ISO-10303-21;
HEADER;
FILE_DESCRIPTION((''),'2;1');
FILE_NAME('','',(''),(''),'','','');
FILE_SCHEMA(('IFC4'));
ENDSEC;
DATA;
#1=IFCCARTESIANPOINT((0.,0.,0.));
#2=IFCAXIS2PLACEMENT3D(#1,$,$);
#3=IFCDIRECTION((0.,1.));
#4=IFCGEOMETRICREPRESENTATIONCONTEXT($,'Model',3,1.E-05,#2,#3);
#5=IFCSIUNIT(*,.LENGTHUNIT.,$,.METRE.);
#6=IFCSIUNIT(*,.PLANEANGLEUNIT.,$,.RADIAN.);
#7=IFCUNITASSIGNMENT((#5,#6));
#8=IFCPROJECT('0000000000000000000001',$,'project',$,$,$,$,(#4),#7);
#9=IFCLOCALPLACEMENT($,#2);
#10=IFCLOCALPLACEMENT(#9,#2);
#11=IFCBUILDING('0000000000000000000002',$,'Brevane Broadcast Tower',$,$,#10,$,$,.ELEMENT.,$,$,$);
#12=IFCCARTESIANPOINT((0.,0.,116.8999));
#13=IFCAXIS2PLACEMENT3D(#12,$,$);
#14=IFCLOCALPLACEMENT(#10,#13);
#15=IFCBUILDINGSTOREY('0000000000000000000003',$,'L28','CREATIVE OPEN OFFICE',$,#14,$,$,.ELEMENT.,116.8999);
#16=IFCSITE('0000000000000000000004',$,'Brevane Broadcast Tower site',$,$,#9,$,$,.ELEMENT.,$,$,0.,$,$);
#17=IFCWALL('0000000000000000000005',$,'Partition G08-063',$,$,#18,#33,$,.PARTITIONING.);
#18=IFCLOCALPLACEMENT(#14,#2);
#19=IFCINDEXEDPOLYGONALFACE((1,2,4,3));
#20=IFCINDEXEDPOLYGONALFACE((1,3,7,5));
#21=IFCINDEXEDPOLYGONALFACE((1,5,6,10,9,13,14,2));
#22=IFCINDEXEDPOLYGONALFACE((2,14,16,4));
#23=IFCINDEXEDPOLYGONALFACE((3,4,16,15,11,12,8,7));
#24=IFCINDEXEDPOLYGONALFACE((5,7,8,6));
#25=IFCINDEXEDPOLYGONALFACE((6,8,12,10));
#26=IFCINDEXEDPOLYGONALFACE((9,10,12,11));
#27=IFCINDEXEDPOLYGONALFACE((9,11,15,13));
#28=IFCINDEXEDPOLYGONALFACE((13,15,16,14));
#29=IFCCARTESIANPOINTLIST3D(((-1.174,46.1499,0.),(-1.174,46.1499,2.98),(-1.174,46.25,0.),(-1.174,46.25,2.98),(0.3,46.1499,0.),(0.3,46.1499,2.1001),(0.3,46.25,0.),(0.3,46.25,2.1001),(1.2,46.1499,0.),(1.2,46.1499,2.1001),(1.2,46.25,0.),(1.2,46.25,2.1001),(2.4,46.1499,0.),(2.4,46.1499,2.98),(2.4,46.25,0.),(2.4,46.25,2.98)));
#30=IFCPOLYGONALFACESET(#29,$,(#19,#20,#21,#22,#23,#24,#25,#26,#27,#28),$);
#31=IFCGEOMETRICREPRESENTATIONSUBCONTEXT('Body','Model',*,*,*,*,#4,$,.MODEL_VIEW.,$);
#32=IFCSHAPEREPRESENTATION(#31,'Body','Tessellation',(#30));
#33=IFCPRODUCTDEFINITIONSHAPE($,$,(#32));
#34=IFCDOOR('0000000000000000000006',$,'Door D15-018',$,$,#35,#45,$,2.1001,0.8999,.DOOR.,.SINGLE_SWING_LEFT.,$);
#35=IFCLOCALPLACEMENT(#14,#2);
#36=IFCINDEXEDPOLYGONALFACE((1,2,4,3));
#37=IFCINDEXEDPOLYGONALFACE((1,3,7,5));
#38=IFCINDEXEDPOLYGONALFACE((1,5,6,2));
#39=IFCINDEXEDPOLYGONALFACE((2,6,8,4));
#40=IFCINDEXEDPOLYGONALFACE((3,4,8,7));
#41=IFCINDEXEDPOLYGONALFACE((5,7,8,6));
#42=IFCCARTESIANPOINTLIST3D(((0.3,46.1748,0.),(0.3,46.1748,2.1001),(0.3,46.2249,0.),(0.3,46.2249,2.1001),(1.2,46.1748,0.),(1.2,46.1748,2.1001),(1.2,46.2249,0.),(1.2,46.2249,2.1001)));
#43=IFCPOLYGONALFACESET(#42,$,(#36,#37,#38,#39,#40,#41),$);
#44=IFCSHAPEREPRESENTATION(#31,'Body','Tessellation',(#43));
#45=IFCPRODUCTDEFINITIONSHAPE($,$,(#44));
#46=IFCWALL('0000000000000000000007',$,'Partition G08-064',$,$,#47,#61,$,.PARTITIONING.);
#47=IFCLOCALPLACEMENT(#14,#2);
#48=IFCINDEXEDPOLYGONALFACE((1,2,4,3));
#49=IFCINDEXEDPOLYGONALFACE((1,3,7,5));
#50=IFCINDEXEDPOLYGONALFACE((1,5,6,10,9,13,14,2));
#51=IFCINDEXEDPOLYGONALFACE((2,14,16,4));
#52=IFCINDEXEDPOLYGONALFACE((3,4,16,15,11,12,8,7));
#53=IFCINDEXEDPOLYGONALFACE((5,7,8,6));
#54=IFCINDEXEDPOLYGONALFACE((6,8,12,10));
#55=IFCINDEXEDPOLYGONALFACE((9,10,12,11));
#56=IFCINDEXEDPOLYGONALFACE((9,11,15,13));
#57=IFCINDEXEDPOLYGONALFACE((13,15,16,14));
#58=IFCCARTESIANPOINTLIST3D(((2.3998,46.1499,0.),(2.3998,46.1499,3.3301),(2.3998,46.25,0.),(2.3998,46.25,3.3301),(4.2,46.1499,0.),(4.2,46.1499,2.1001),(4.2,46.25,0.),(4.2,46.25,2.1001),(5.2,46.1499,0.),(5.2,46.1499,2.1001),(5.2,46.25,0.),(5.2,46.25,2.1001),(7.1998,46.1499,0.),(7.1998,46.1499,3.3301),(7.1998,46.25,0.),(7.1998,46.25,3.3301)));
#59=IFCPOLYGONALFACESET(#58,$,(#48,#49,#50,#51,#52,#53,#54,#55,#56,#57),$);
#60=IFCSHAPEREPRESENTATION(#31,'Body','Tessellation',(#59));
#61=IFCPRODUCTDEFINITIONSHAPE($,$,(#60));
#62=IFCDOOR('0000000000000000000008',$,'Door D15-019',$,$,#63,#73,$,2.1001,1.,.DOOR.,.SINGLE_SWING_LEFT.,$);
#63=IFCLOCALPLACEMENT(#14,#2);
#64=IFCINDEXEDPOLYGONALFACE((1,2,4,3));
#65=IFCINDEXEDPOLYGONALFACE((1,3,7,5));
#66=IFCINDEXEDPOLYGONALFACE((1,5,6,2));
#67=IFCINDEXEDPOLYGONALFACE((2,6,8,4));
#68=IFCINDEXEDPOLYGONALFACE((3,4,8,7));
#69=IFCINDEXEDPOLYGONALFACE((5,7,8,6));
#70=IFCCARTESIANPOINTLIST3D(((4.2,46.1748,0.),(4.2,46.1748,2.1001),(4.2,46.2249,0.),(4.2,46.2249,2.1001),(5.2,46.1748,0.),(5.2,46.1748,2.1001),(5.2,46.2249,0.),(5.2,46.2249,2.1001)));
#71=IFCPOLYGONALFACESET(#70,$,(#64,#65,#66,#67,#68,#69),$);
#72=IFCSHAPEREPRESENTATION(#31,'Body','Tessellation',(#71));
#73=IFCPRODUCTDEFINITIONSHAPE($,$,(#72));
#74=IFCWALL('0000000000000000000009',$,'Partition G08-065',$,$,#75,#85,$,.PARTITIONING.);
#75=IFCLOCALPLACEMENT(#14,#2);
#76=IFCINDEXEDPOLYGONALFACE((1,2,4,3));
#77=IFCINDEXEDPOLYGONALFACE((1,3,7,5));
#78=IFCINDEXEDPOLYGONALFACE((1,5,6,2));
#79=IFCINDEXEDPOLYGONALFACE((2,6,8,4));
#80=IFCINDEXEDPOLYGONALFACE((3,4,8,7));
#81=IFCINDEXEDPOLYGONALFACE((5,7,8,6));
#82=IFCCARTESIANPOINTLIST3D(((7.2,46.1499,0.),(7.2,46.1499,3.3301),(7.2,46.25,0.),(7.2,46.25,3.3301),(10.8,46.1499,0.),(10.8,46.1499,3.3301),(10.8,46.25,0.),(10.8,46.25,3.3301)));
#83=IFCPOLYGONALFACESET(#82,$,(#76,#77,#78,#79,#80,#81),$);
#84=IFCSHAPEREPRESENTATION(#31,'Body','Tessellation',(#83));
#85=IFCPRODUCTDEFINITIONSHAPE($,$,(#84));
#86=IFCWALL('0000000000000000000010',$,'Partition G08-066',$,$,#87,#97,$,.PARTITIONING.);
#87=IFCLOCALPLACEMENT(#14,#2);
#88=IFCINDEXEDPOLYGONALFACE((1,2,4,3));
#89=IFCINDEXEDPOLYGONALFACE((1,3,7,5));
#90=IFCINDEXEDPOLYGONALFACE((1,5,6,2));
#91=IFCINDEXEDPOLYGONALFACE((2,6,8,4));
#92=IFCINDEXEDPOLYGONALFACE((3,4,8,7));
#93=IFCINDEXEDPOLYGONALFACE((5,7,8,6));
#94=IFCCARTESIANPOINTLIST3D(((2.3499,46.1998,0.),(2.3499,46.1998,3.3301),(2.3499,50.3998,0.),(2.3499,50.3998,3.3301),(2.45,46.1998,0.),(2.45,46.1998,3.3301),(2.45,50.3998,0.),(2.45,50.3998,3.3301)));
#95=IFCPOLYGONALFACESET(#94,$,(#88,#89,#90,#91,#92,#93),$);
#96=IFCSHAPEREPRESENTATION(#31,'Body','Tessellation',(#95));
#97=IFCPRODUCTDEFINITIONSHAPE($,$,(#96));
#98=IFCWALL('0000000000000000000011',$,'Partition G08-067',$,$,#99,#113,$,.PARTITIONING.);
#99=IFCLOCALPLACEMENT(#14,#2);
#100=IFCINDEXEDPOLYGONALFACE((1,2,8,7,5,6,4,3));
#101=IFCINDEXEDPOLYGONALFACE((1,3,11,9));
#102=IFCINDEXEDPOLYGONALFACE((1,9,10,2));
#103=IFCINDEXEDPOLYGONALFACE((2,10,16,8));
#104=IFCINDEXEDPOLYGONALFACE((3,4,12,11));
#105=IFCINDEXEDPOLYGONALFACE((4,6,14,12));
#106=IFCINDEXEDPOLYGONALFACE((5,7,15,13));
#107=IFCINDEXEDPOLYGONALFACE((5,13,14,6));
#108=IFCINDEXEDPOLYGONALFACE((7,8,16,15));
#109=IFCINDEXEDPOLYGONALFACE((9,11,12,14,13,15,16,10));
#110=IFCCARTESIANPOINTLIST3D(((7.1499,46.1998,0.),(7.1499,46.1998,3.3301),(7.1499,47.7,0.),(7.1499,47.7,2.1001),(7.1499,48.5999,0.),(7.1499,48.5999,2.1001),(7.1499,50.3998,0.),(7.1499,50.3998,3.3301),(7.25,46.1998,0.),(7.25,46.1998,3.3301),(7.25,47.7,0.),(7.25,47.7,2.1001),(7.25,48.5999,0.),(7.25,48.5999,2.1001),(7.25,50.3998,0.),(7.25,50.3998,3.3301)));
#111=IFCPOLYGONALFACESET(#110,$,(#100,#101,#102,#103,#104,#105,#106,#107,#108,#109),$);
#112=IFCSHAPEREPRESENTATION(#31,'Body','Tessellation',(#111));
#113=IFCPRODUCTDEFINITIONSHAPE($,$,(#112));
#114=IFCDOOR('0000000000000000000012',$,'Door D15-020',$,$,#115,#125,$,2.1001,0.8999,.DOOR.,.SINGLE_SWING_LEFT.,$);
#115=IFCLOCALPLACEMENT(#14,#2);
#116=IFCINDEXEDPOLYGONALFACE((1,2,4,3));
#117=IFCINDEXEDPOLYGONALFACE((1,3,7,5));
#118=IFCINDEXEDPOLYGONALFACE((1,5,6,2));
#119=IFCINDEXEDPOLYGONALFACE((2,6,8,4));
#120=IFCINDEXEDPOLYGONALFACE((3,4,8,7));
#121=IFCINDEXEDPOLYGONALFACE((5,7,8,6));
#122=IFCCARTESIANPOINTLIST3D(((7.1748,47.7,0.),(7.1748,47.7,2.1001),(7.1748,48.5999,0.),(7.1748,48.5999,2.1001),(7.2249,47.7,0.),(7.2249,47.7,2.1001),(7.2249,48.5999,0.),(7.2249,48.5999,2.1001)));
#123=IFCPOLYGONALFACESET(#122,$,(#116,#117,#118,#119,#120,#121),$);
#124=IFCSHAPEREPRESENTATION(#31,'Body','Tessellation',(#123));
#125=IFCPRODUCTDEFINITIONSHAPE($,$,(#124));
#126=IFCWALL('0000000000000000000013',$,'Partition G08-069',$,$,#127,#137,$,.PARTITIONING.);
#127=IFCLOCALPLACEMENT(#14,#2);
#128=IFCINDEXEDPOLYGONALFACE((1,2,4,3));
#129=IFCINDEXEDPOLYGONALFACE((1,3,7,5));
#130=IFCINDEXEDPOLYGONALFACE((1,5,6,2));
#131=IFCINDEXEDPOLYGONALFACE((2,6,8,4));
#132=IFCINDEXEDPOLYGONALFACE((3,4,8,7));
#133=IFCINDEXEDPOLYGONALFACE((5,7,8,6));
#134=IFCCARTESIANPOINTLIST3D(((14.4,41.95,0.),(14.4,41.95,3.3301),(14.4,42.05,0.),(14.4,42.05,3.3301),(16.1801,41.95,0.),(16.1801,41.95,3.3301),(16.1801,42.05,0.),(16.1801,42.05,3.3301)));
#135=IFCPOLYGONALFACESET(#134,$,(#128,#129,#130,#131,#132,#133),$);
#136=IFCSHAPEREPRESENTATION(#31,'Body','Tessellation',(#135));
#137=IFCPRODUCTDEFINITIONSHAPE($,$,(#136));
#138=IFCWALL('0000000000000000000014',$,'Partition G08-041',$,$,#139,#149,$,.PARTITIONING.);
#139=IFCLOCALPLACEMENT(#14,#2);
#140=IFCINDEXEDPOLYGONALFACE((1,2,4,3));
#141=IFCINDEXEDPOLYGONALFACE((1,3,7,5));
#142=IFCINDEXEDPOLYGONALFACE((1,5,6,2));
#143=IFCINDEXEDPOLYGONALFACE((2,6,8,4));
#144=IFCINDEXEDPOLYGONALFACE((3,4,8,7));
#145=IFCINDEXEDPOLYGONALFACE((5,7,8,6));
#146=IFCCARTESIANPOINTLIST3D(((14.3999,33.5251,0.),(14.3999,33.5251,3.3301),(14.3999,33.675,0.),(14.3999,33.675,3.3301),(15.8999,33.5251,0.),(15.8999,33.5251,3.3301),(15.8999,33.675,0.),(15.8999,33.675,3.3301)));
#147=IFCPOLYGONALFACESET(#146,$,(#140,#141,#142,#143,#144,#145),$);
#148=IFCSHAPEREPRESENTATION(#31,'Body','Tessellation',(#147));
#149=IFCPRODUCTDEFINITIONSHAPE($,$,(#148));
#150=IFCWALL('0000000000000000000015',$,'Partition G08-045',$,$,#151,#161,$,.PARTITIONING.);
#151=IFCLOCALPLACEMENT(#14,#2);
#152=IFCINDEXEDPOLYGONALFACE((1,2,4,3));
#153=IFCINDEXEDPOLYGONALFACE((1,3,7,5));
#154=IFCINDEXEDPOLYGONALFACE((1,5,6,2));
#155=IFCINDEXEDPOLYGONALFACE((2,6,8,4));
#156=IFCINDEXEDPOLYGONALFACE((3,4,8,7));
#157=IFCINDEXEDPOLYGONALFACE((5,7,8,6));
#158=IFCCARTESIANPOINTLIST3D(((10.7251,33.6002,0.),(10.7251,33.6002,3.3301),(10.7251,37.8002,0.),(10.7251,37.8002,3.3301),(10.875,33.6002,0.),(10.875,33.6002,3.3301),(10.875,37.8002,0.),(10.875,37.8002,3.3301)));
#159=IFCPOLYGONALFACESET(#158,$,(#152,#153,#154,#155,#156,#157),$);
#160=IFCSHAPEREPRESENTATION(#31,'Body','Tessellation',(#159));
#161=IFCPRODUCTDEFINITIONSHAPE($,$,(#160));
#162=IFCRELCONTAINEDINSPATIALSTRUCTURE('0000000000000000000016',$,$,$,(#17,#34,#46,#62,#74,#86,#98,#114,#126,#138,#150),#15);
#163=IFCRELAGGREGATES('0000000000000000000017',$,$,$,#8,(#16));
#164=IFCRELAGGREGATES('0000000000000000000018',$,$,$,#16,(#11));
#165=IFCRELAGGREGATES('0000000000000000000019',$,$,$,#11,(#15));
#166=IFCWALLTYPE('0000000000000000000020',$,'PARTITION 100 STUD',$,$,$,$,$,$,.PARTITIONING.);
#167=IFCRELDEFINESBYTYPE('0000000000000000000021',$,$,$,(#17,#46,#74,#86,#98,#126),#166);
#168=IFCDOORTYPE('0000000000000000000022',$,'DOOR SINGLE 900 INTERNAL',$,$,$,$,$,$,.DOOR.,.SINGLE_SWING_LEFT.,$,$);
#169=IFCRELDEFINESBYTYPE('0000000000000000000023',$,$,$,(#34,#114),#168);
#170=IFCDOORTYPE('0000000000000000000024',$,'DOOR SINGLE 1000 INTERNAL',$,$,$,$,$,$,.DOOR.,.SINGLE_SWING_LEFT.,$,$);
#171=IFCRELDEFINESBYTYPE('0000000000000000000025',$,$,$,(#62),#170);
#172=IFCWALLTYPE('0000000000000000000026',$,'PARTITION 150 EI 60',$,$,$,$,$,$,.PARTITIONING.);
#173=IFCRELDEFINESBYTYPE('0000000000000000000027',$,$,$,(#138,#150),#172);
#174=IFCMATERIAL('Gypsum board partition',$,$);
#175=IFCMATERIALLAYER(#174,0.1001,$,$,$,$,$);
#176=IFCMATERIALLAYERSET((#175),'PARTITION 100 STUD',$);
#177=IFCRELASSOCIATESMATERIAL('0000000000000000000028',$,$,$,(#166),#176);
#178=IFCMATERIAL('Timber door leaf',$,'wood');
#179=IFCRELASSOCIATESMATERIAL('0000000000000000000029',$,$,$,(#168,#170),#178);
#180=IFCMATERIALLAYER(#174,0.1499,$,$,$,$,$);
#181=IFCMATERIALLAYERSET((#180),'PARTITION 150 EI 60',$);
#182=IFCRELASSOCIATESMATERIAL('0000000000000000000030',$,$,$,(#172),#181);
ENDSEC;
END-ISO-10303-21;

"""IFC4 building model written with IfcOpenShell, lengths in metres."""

from ifc_helpers import new_model, si_unit, direction, frame, frame_2d, origin, place, context, subcontext, project, spatial, rectangle, extrude, material, layer, layer_set, type_object, element, fill, save


model = new_model("IFC4")

# Units and contexts
model_context = context("Model", 3, precision=1e-05, world=origin(), true_north=direction((0.0, 1.0)))
body_context = subcontext(model_context, "Body", "Model", "MODEL_VIEW")
ifc_project = project(units=[si_unit("LENGTHUNIT", "METRE"), si_unit("PLANEANGLEUNIT", "RADIAN")], contexts=[model_context])

# Site, building, storey
site_placement = place(None, origin())
site = spatial("IfcSite", under=ifc_project, at=site_placement, Name="Brevane Broadcast Tower site", CompositionType="ELEMENT", RefElevation=0.0)
building_placement = place(site_placement, origin())
building = spatial("IfcBuilding", under=site, at=building_placement, Name="Brevane Broadcast Tower", CompositionType="ELEMENT")
storey_placement = place(building_placement, frame((0.0, 0.0, 116.8999)))
storey = spatial("IfcBuildingStorey", under=building, at=storey_placement, Name="L28", Description="CREATIVE OPEN OFFICE", CompositionType="ELEMENT", Elevation=116.8999)

# Walls, openings, doors
ifc_material_1 = material(Name="Gypsum board partition")
ifc_layer_1 = layer(ifc_material_1, 0.1001)
ifc_layer_set_1 = layer_set([ifc_layer_1], Name="PARTITION 100 STUD")
wall_type_1 = type_object("IfcWallType", Name="PARTITION 100 STUD", PredefinedType="PARTITIONING", material=ifc_layer_set_1)
wall_1_placement = place(storey_placement, frame((-1.1741, 46.2, 0.0), z_axis=(0.0, 0.0, 1.0), x_axis=(1.0, 0.0, 0.0)))
wall_1 = element("IfcWall", 1, at=wall_1_placement, inside=storey, type_object=wall_type_1, Name="Partition G08-063", PredefinedType="PARTITIONING", context=body_context, shape_type="SweptSolid", body=[
    extrude(rectangle(XDim=3.574, YDim=0.1001, at=frame_2d((1.7871, 0.0))), origin(), (0.0, 0.0, 1.0), 2.98),
])
opening_1_placement = place(wall_1_placement, frame((1.4741, 0.0, 0.0)))
opening_1 = element("IfcOpeningElement", 2, at=opening_1_placement, cuts=wall_1, PredefinedType="OPENING", context=body_context, shape_type="SweptSolid", body=[
    extrude(rectangle(XDim=0.8999, YDim=2.1001, at=frame_2d((0.45, 1.05))), frame((0.0, 0.0601, 0.0), z_axis=(0.0, -1.0, 0.0), x_axis=(1.0, 0.0, 0.0)), (0.0, 0.0, 1.0), 0.1201),
])
ifc_material_2 = material(Name="Timber door leaf", Category="wood")
door_type_1 = type_object("IfcDoorType", Name="DOOR SINGLE 900 INTERNAL", OperationType="SINGLE_SWING_LEFT", PredefinedType="DOOR", material=ifc_material_2)
door_1_placement = place(opening_1_placement, origin())
door_1 = element("IfcDoor", 3, at=door_1_placement, inside=storey, type_object=door_type_1, Name="Door D15-018", OperationType="SINGLE_SWING_LEFT", OverallHeight=2.1001, OverallWidth=0.8999, PredefinedType="DOOR", context=body_context, shape_type="SweptSolid", body=[
    extrude(rectangle(XDim=0.8999, YDim=2.1001, at=frame_2d((0.45, 1.05))), frame((0.0, 0.0249, 0.0), z_axis=(0.0, -1.0, 0.0), x_axis=(1.0, 0.0, 0.0)), (0.0, 0.0, 1.0), 0.05),
])
fill(opening_1, door_1)
wall_2_placement = place(storey_placement, frame((2.3999, 46.2, 0.0), z_axis=(0.0, 0.0, 1.0), x_axis=(1.0, 0.0, 0.0)))
wall_2 = element("IfcWall", 4, at=wall_2_placement, inside=storey, type_object=wall_type_1, Name="Partition G08-064", PredefinedType="PARTITIONING", context=body_context, shape_type="SweptSolid", body=[
    extrude(rectangle(XDim=4.8, YDim=0.1001, at=frame_2d((2.3999, 0.0))), origin(), (0.0, 0.0, 1.0), 3.3301),
])
opening_2_placement = place(wall_2_placement, frame((1.8, 0.0, 0.0)))
opening_2 = element("IfcOpeningElement", 5, at=opening_2_placement, cuts=wall_2, PredefinedType="OPENING", context=body_context, shape_type="SweptSolid", body=[
    extrude(rectangle(XDim=1.0, YDim=2.1001, at=frame_2d((0.5, 1.05))), frame((0.0, 0.0601, 0.0), z_axis=(0.0, -1.0, 0.0), x_axis=(1.0, 0.0, 0.0)), (0.0, 0.0, 1.0), 0.1201),
])
door_type_2 = type_object("IfcDoorType", Name="DOOR SINGLE 1000 INTERNAL", OperationType="SINGLE_SWING_LEFT", PredefinedType="DOOR", material=ifc_material_2)
door_2_placement = place(opening_2_placement, origin())
door_2 = element("IfcDoor", 6, at=door_2_placement, inside=storey, type_object=door_type_2, Name="Door D15-019", OperationType="SINGLE_SWING_LEFT", OverallHeight=2.1001, OverallWidth=1.0, PredefinedType="DOOR", context=body_context, shape_type="SweptSolid", body=[
    extrude(rectangle(XDim=1.0, YDim=2.1001, at=frame_2d((0.5, 1.05))), frame((0.0, 0.0249, 0.0), z_axis=(0.0, -1.0, 0.0), x_axis=(1.0, 0.0, 0.0)), (0.0, 0.0, 1.0), 0.05),
])
fill(opening_2, door_2)

# Walls
wall_3_placement = place(storey_placement, frame((7.2, 46.2, 0.0), z_axis=(0.0, 0.0, 1.0), x_axis=(1.0, 0.0, 0.0)))
element("IfcWall", 7, at=wall_3_placement, inside=storey, type_object=wall_type_1, Name="Partition G08-065", PredefinedType="PARTITIONING", context=body_context, shape_type="SweptSolid", body=[
    extrude(rectangle(XDim=3.6001, YDim=0.1001, at=frame_2d((1.8, 0.0))), origin(), (0.0, 0.0, 1.0), 3.3301),
])
wall_4_placement = place(storey_placement, frame((2.3999, 50.3999, 0.0), z_axis=(0.0, 0.0, 1.0), x_axis=(0.0, -1.0, 0.0)))
element("IfcWall", 8, at=wall_4_placement, inside=storey, type_object=wall_type_1, Name="Partition G08-066", PredefinedType="PARTITIONING", context=body_context, shape_type="SweptSolid", body=[
    extrude(rectangle(XDim=4.2, YDim=0.1001, at=frame_2d((2.1001, 0.0))), origin(), (0.0, 0.0, 1.0), 3.3301),
])

# Wall, opening, door
wall_5_placement = place(storey_placement, frame((7.2, 50.3999, 0.0), z_axis=(0.0, 0.0, 1.0), x_axis=(0.0, -1.0, 0.0)))
wall_5 = element("IfcWall", 9, at=wall_5_placement, inside=storey, type_object=wall_type_1, Name="Partition G08-067", PredefinedType="PARTITIONING", context=body_context, shape_type="SweptSolid", body=[
    extrude(rectangle(XDim=4.2, YDim=0.1001, at=frame_2d((2.1001, 0.0))), origin(), (0.0, 0.0, 1.0), 3.3301),
])
opening_3_placement = place(wall_5_placement, frame((1.8, 0.0, 0.0)))
opening_3 = element("IfcOpeningElement", 10, at=opening_3_placement, cuts=wall_5, PredefinedType="OPENING", context=body_context, shape_type="SweptSolid", body=[
    extrude(rectangle(XDim=0.8999, YDim=2.1001, at=frame_2d((0.45, 1.05))), frame((0.0, 0.0601, 0.0), z_axis=(0.0, -1.0, 0.0), x_axis=(1.0, 0.0, 0.0)), (0.0, 0.0, 1.0), 0.1201),
])
door_3_placement = place(opening_3_placement, origin())
door_3 = element("IfcDoor", 11, at=door_3_placement, inside=storey, type_object=door_type_1, Name="Door D15-020", OperationType="SINGLE_SWING_LEFT", OverallHeight=2.1001, OverallWidth=0.8999, PredefinedType="DOOR", context=body_context, shape_type="SweptSolid", body=[
    extrude(rectangle(XDim=0.8999, YDim=2.1001, at=frame_2d((0.45, 1.05))), frame((0.0, 0.0249, 0.0), z_axis=(0.0, -1.0, 0.0), x_axis=(1.0, 0.0, 0.0)), (0.0, 0.0, 1.0), 0.05),
])
fill(opening_3, door_3)

# Walls
wall_6_placement = place(storey_placement, frame((14.3999, 42.0, 0.0), z_axis=(0.0, 0.0, 1.0), x_axis=(1.0, 0.0, 0.0)))
element("IfcWall", 12, at=wall_6_placement, inside=storey, type_object=wall_type_1, Name="Partition G08-069", PredefinedType="PARTITIONING", context=body_context, shape_type="SweptSolid", body=[
    extrude(rectangle(XDim=1.78, YDim=0.1001, at=frame_2d((0.8901, 0.0))), origin(), (0.0, 0.0, 1.0), 3.3301),
])
ifc_layer_2 = layer(ifc_material_1, 0.1499)
ifc_layer_set_2 = layer_set([ifc_layer_2], Name="PARTITION 150 EI 60")
wall_type_2 = type_object("IfcWallType", Name="PARTITION 150 EI 60", PredefinedType="PARTITIONING", material=ifc_layer_set_2)
wall_7_placement = place(storey_placement, frame((14.3999, 33.6001, 0.0), z_axis=(0.0, 0.0, 1.0), x_axis=(1.0, 0.0, 0.0)))
element("IfcWall", 13, at=wall_7_placement, inside=storey, type_object=wall_type_2, Name="Partition G08-041", PredefinedType="PARTITIONING", context=body_context, shape_type="SweptSolid", body=[
    extrude(rectangle(XDim=1.5, YDim=0.1499, at=frame_2d((0.75, 0.0))), origin(), (0.0, 0.0, 1.0), 3.3301),
])
wall_8_placement = place(storey_placement, frame((10.8, 33.6001, 0.0), z_axis=(0.0, 0.0, 1.0), x_axis=(0.0, 1.0, 0.0)))
element("IfcWall", 14, at=wall_8_placement, inside=storey, type_object=wall_type_2, Name="Partition G08-045", PredefinedType="PARTITIONING", context=body_context, shape_type="SweptSolid", body=[
    extrude(rectangle(XDim=4.2, YDim=0.1499, at=frame_2d((2.1001, 0.0))), origin(), (0.0, 0.0, 1.0), 3.3301),
])

save(model, "model.ifc")
